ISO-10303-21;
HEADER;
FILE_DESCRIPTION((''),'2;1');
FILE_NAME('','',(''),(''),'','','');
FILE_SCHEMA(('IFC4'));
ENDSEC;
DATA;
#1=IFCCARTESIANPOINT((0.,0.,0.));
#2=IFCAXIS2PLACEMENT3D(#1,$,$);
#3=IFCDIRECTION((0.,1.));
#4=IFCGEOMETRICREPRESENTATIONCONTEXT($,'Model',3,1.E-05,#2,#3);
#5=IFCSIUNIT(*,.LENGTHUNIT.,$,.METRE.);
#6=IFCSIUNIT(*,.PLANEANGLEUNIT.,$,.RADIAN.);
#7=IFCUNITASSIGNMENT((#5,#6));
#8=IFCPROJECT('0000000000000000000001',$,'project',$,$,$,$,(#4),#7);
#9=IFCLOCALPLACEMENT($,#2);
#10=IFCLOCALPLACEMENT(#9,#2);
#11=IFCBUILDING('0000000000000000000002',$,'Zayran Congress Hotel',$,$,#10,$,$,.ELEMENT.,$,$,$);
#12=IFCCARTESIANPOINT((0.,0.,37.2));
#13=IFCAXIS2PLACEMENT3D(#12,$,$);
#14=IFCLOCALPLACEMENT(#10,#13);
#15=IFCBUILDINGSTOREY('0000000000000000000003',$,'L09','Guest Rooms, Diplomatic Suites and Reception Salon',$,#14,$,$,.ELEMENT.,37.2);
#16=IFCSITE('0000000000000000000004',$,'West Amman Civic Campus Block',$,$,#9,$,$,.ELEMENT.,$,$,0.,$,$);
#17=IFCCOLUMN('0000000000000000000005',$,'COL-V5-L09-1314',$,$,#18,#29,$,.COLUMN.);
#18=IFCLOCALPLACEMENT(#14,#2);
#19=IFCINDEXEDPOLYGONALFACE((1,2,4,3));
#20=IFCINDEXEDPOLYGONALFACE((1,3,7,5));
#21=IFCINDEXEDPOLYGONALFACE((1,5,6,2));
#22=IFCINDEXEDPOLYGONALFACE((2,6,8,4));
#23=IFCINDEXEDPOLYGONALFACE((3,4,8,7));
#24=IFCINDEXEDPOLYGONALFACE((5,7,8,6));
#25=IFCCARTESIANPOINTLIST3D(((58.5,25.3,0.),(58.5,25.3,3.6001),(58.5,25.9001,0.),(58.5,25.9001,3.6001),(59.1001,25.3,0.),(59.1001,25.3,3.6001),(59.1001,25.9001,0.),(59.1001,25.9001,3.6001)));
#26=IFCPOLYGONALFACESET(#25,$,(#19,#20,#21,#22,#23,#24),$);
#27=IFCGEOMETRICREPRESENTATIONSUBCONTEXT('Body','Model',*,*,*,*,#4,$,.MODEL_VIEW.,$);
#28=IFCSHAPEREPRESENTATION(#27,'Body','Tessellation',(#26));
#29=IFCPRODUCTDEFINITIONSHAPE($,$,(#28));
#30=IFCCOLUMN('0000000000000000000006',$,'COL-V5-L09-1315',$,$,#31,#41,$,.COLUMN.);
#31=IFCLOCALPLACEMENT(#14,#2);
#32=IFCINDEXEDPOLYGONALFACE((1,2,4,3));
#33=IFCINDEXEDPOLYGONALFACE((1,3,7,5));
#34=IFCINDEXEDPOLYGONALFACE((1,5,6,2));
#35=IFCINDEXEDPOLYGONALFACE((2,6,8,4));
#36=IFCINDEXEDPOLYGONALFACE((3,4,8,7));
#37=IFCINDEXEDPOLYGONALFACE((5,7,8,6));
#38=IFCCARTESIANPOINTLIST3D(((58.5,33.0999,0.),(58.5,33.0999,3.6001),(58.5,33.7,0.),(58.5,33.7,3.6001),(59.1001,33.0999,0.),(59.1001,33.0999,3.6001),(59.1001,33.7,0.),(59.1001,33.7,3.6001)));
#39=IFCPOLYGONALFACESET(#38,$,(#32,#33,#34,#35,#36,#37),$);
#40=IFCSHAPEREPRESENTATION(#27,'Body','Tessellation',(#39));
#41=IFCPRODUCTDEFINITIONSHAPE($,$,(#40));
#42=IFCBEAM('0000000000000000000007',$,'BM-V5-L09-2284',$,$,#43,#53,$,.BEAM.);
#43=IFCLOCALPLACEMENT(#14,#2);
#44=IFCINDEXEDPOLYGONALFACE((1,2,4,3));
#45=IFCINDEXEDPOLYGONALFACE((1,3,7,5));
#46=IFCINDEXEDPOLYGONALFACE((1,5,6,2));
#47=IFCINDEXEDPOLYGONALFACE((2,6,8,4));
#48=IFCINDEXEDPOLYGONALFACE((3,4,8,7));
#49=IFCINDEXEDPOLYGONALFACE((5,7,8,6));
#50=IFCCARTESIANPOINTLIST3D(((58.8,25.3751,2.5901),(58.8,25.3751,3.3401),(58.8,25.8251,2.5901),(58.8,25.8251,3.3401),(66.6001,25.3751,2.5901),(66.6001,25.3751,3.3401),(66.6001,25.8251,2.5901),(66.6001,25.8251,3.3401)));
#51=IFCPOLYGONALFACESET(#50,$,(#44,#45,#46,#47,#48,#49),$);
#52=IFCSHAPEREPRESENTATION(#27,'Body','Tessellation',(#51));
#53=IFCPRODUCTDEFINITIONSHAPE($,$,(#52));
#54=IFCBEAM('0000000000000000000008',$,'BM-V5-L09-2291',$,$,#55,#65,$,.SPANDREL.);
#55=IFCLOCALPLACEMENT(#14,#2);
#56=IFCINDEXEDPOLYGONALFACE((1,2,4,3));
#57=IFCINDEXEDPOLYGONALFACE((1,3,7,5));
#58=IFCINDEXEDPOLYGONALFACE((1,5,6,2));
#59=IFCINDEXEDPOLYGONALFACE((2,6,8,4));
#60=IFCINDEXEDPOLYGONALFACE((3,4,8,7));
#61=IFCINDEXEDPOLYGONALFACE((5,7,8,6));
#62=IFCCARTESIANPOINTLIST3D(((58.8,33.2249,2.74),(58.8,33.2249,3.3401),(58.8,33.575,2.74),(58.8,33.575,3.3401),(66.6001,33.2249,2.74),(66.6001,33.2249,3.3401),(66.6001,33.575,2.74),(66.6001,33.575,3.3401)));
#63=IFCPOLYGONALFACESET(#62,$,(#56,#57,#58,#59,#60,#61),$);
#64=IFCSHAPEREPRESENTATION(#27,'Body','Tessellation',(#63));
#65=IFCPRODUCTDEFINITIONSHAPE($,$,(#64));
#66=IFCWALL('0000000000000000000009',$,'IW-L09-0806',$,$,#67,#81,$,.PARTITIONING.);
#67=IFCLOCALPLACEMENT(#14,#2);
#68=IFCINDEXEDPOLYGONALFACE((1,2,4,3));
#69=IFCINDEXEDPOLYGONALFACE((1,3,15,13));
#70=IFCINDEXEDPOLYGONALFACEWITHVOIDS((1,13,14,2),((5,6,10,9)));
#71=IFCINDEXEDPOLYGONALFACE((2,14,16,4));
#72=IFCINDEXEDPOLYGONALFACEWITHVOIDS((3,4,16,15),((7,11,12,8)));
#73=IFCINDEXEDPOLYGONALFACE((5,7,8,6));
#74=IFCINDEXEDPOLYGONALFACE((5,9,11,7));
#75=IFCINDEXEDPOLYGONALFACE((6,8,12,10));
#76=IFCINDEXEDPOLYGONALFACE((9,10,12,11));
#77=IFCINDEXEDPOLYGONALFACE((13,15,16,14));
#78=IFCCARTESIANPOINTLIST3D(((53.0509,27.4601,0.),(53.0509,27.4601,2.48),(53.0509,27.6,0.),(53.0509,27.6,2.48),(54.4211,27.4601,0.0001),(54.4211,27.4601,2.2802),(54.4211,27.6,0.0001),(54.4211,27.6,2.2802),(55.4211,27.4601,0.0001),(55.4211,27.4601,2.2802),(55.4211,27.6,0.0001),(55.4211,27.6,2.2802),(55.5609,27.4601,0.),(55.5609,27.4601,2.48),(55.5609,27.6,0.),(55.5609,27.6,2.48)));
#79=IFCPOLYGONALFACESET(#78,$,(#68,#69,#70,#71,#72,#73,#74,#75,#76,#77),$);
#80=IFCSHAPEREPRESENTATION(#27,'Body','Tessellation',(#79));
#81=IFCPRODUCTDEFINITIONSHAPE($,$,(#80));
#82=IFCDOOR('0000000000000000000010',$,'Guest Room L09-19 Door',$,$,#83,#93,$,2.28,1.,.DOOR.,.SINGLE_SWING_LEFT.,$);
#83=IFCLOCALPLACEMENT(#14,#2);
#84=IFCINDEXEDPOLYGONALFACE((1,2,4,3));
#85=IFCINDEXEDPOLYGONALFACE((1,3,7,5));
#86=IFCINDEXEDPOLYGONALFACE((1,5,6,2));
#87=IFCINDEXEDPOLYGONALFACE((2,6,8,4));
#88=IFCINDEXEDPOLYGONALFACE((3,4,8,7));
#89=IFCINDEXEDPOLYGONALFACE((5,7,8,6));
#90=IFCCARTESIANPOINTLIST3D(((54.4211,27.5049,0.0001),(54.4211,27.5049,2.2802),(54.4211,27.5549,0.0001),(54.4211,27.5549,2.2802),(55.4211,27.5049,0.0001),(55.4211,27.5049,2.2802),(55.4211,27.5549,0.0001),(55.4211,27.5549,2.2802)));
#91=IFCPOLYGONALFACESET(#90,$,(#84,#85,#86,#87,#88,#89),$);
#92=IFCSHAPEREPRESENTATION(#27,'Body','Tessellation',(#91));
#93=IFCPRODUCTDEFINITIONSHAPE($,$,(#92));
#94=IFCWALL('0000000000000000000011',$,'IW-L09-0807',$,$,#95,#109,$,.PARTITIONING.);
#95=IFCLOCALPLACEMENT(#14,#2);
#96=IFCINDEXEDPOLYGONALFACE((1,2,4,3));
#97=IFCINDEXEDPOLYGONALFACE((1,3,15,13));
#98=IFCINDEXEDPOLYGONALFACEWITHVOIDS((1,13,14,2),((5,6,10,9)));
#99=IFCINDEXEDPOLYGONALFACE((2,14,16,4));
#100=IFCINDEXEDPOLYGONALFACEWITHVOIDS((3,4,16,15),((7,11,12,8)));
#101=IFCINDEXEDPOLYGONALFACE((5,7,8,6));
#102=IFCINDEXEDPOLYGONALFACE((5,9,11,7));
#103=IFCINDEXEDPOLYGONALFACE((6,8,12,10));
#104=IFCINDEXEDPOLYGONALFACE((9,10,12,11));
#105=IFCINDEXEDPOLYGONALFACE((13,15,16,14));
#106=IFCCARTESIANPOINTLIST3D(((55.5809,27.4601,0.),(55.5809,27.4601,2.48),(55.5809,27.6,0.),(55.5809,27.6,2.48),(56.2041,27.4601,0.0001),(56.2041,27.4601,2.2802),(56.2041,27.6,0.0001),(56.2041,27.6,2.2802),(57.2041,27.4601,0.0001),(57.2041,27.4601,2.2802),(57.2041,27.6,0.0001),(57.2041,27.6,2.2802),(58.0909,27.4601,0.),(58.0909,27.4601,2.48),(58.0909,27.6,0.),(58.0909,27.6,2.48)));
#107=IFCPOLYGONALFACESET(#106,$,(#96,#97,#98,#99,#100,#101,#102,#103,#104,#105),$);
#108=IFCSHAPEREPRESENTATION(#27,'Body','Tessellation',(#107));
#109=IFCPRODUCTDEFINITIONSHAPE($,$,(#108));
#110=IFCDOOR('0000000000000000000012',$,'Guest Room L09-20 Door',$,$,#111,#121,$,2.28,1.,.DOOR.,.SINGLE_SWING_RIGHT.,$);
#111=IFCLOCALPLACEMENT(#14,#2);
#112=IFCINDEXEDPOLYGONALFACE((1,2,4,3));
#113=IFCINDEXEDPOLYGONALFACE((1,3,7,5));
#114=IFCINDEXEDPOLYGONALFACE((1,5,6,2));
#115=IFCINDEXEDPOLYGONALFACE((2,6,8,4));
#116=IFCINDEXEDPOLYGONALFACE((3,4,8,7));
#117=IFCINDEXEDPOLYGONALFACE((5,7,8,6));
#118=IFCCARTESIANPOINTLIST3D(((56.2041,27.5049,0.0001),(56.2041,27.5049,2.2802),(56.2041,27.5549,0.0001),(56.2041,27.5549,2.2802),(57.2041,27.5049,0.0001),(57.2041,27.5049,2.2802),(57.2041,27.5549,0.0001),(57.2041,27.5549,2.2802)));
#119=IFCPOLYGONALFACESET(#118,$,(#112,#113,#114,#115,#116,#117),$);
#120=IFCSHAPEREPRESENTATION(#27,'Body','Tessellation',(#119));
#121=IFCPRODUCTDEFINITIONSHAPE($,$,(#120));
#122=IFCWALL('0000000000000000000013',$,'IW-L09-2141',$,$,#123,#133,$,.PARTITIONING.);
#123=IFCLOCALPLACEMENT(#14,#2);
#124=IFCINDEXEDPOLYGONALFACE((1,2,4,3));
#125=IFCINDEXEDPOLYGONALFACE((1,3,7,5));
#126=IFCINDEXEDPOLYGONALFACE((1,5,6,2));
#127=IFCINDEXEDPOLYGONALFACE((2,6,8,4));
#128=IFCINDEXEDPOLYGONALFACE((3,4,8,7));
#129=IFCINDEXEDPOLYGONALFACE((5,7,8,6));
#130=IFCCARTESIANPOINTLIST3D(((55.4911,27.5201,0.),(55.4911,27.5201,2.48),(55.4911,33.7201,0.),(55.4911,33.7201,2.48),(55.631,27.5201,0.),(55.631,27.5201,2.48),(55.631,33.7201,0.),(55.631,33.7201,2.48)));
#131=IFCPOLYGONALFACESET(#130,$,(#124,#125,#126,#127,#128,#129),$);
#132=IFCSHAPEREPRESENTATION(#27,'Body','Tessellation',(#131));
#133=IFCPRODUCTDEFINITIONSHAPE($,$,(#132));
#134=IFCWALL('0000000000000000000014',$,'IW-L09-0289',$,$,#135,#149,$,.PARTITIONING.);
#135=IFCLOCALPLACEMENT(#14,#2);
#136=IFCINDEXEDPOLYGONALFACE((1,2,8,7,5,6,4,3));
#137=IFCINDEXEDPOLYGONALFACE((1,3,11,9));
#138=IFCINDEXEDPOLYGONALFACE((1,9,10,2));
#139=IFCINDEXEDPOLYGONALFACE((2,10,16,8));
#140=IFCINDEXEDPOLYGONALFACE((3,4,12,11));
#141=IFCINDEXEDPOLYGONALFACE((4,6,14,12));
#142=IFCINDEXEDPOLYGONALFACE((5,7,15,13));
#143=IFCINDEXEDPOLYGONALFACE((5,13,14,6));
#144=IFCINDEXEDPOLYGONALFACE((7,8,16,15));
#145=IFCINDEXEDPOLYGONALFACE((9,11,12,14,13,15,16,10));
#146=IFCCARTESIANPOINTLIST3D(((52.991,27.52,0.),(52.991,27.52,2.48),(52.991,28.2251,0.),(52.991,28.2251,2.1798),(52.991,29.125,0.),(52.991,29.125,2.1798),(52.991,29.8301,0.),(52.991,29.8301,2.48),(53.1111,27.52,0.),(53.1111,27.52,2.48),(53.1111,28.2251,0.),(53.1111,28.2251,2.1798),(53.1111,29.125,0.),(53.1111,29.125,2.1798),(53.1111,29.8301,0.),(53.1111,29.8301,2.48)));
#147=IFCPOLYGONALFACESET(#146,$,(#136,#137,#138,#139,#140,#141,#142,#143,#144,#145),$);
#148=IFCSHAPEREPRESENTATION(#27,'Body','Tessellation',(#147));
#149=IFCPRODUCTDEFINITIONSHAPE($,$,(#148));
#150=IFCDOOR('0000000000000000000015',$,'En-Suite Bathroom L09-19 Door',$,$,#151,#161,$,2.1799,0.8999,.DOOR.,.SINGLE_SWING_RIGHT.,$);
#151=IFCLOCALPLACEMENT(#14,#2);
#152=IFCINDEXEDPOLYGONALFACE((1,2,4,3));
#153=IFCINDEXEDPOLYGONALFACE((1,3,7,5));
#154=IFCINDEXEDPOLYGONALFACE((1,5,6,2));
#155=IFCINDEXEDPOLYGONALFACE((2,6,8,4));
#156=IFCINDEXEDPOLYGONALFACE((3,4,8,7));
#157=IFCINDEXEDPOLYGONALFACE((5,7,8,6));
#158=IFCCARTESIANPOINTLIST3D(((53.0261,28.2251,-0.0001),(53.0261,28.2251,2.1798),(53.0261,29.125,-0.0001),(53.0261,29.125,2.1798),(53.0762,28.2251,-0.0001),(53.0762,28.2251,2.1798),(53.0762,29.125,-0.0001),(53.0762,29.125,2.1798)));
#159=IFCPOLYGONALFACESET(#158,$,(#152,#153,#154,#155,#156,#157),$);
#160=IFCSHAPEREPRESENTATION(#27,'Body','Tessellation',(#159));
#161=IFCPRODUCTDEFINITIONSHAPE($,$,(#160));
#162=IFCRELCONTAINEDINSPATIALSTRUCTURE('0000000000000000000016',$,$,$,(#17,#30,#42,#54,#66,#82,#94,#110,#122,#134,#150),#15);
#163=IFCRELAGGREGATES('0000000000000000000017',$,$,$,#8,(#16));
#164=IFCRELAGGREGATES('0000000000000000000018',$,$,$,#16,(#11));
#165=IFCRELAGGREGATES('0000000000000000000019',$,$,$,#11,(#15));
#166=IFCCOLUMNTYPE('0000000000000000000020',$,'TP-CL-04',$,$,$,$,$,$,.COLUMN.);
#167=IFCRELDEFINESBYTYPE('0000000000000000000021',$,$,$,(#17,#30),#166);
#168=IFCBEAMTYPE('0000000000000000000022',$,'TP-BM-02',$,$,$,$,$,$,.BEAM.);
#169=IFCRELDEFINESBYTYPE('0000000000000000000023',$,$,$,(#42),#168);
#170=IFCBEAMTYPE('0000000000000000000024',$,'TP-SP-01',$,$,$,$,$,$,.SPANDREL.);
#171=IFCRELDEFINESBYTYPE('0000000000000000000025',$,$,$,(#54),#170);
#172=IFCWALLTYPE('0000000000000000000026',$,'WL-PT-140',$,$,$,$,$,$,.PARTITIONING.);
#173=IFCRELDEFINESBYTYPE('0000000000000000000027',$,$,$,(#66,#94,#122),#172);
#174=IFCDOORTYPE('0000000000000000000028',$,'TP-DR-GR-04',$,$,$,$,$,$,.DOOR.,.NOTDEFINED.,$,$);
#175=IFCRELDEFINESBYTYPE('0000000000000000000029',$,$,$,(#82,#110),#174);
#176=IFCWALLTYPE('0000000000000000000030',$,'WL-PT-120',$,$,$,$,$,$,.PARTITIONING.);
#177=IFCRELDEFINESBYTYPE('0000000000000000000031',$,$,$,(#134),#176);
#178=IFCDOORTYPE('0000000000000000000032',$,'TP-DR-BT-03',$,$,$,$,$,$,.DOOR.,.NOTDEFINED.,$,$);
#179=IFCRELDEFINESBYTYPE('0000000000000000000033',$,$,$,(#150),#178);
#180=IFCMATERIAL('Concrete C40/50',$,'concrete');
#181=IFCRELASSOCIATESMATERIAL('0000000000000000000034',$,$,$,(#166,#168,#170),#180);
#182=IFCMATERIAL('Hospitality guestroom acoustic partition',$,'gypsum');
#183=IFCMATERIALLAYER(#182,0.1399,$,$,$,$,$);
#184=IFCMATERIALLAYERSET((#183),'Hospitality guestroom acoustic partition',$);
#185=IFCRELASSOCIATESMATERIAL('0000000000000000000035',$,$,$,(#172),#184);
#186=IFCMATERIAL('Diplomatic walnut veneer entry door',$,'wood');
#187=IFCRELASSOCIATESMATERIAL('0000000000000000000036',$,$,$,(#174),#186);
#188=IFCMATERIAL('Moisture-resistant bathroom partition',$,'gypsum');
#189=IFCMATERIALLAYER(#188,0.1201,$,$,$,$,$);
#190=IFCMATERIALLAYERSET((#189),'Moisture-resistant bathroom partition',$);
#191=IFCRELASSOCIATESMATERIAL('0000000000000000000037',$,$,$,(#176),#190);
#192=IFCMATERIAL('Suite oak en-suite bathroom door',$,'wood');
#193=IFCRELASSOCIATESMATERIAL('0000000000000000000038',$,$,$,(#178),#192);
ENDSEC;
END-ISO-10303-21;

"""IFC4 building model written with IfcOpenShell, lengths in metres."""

from ifc_helpers import new_model, si_unit, direction, frame, frame_2d, origin, origin_2d, place, context, subcontext, project, spatial, rectangle, extrude, material, layer, layer_set, material_profile, profile_set, type_object, element, fill, save


model = new_model("IFC4")

# Units and contexts
model_context = context("Model", 3, precision=1e-05, world=origin(), true_north=direction((0.0, 1.0)))
body_context = subcontext(model_context, "Body", "Model", "MODEL_VIEW")
ifc_project = project(units=[si_unit("LENGTHUNIT", "METRE"), si_unit("PLANEANGLEUNIT", "RADIAN")], contexts=[model_context])

# Site, building, storey
site_placement = place(None, origin())
site = spatial("IfcSite", under=ifc_project, at=site_placement, Name="West Amman Civic Campus Block", CompositionType="ELEMENT", RefElevation=0.0)
building_placement = place(site_placement, origin())
building = spatial("IfcBuilding", under=site, at=building_placement, Name="Zayran Congress Hotel", CompositionType="ELEMENT")
storey_placement = place(building_placement, frame((0.0, 0.0, 37.2)))
storey = spatial("IfcBuildingStorey", under=building, at=storey_placement, Name="L09", Description="Guest Rooms, Diplomatic Suites and Reception Salon", CompositionType="ELEMENT", Elevation=37.2)

# Columns
ifc_material_1 = material(Name="Concrete C40/50", Category="concrete")
ifc_material_profile_1 = material_profile(ifc_material_1, rectangle(XDim=0.6001, YDim=0.6001, at=origin_2d()), Name="RC 600x600")
ifc_profile_set_1 = profile_set([ifc_material_profile_1], Name="Concrete C40/50")
column_type = type_object("IfcColumnType", Name="TP-CL-04", PredefinedType="COLUMN", material=ifc_profile_set_1)
for number, where, z_axis, x_axis, name in (
    (1, (58.8, 25.6001, 0.0), (0.0, 0.0, 1.0), (1.0, 0.0, 0.0), "COL-V5-L09-1314"),
    (2, (58.8, 33.3999, 0.0), (0.0, 0.0, 1.0), (1.0, 0.0, 0.0), "COL-V5-L09-1315"),
):
    element("IfcColumn", number, at=place(storey_placement, frame(where, z_axis=z_axis, x_axis=x_axis)), inside=storey, type_object=column_type, Name=name, PredefinedType="COLUMN", context=body_context, shape_type="SweptSolid", body=[
        extrude(rectangle(XDim=0.6001, YDim=0.6001, at=origin_2d()), origin(), (0.0, 0.0, 1.0), 3.6001),
    ])

# Beams
ifc_material_profile_2 = material_profile(ifc_material_1, rectangle(XDim=0.45, YDim=0.75, at=origin_2d()), Name="RC 450x750")
ifc_profile_set_2 = profile_set([ifc_material_profile_2], Name="Concrete C40/50")
beam_type_1 = type_object("IfcBeamType", Name="TP-BM-02", PredefinedType="BEAM", material=ifc_profile_set_2)
beam_1_placement = place(storey_placement, frame((58.8, 25.6001, 2.9651), z_axis=(1.0, 0.0, 0.0), x_axis=(0.0, 1.0, 0.0)))
element("IfcBeam", 3, at=beam_1_placement, inside=storey, type_object=beam_type_1, Name="BM-V5-L09-2284", PredefinedType="BEAM", context=body_context, shape_type="SweptSolid", body=[
    extrude(rectangle(XDim=0.45, YDim=0.75, at=origin_2d()), origin(), (0.0, 0.0, 1.0), 7.8),
])
ifc_material_profile_3 = material_profile(ifc_material_1, rectangle(XDim=0.3501, YDim=0.6001, at=origin_2d()), Name="RC 350x600")
ifc_profile_set_3 = profile_set([ifc_material_profile_3], Name="Concrete C40/50")
beam_type_2 = type_object("IfcBeamType", Name="TP-SP-01", PredefinedType="SPANDREL", material=ifc_profile_set_3)
beam_2_placement = place(storey_placement, frame((58.8, 33.3999, 3.04), z_axis=(1.0, 0.0, 0.0), x_axis=(0.0, 1.0, 0.0)))
element("IfcBeam", 4, at=beam_2_placement, inside=storey, type_object=beam_type_2, Name="BM-V5-L09-2291", PredefinedType="SPANDREL", context=body_context, shape_type="SweptSolid", body=[
    extrude(rectangle(XDim=0.3501, YDim=0.6001, at=origin_2d()), origin(), (0.0, 0.0, 1.0), 7.8),
])

# Walls, openings, doors
ifc_material_2 = material(Name="Hospitality guestroom acoustic partition", Category="gypsum")
ifc_layer_1 = layer(ifc_material_2, 0.1399)
ifc_layer_set_1 = layer_set([ifc_layer_1], Name="Hospitality guestroom acoustic partition")
wall_type_1 = type_object("IfcWallType", Name="WL-PT-140", PredefinedType="PARTITIONING", material=ifc_layer_set_1)
wall_1_placement = place(storey_placement, frame((53.051, 27.53, 0.0), z_axis=(0.0, 0.0, 1.0), x_axis=(1.0, 0.0, 0.0)))
wall_1 = element("IfcWall", 5, at=wall_1_placement, inside=storey, type_object=wall_type_1, Name="IW-L09-0806", PredefinedType="PARTITIONING", context=body_context, shape_type="SweptSolid", body=[
    extrude(rectangle(XDim=2.51, YDim=0.1399, at=frame_2d((1.2549, 0.0))), origin(), (0.0, 0.0, 1.0), 2.48),
])
opening_1_placement = place(wall_1_placement, frame((1.3701, 0.0, 0.0)))
opening_1 = element("IfcOpeningElement", 6, at=opening_1_placement, cuts=wall_1, PredefinedType="OPENING", context=body_context, shape_type="SweptSolid", body=[
    extrude(rectangle(XDim=1.0, YDim=2.28, at=frame_2d((0.5, 1.1401))), frame((0.0, 0.0798, 0.0), z_axis=(0.0, -1.0, 0.0), x_axis=(1.0, 0.0, 0.0)), (0.0, 0.0, 1.0), 0.1599),
])
ifc_material_3 = material(Name="Diplomatic walnut veneer entry door", Category="wood")
door_type_1 = type_object("IfcDoorType", Name="TP-DR-GR-04", OperationType="NOTDEFINED", PredefinedType="DOOR", material=ifc_material_3)
door_1_placement = place(opening_1_placement, origin())
door_1 = element("IfcDoor", 7, at=door_1_placement, inside=storey, type_object=door_type_1, Name="Guest Room L09-19 Door", OperationType="SINGLE_SWING_LEFT", OverallHeight=2.28, OverallWidth=1.0, PredefinedType="DOOR", context=body_context, shape_type="SweptSolid", body=[
    extrude(rectangle(XDim=1.0, YDim=2.28, at=frame_2d((0.5, 1.1401))), frame((0.0, 0.0249, 0.0), z_axis=(0.0, -1.0, 0.0), x_axis=(1.0, 0.0, 0.0)), (0.0, 0.0, 1.0), 0.05),
])
fill(opening_1, door_1)
wall_2_placement = place(storey_placement, frame((55.5811, 27.53, 0.0), z_axis=(0.0, 0.0, 1.0), x_axis=(1.0, 0.0, 0.0)))
wall_2 = element("IfcWall", 8, at=wall_2_placement, inside=storey, type_object=wall_type_1, Name="IW-L09-0807", PredefinedType="PARTITIONING", context=body_context, shape_type="SweptSolid", body=[
    extrude(rectangle(XDim=2.51, YDim=0.1399, at=frame_2d((1.2549, 0.0))), origin(), (0.0, 0.0, 1.0), 2.48),
])
opening_2_placement = place(wall_2_placement, frame((0.623, 0.0, 0.0)))
opening_2 = element("IfcOpeningElement", 9, at=opening_2_placement, cuts=wall_2, PredefinedType="OPENING", context=body_context, shape_type="SweptSolid", body=[
    extrude(rectangle(XDim=1.0, YDim=2.28, at=frame_2d((0.5, 1.1401))), frame((0.0, 0.0798, 0.0), z_axis=(0.0, -1.0, 0.0), x_axis=(1.0, 0.0, 0.0)), (0.0, 0.0, 1.0), 0.1599),
])
door_2_placement = place(opening_2_placement, origin())
door_2 = element("IfcDoor", 10, at=door_2_placement, inside=storey, type_object=door_type_1, Name="Guest Room L09-20 Door", OperationType="SINGLE_SWING_RIGHT", OverallHeight=2.28, OverallWidth=1.0, PredefinedType="DOOR", context=body_context, shape_type="SweptSolid", body=[
    extrude(rectangle(XDim=1.0, YDim=2.28, at=frame_2d((0.5, 1.1401))), frame((0.0, 0.0249, 0.0), z_axis=(0.0, -1.0, 0.0), x_axis=(1.0, 0.0, 0.0)), (0.0, 0.0, 1.0), 0.05),
])
fill(opening_2, door_2)

# Wall
wall_3_placement = place(storey_placement, frame((55.561, 27.52, 0.0), z_axis=(0.0, 0.0, 1.0), x_axis=(0.0, 1.0, 0.0)))
element("IfcWall", 11, at=wall_3_placement, inside=storey, type_object=wall_type_1, Name="IW-L09-2141", PredefinedType="PARTITIONING", context=body_context, shape_type="SweptSolid", body=[
    extrude(rectangle(XDim=6.2, YDim=0.1399, at=frame_2d((3.1001, 0.0))), origin(), (0.0, 0.0, 1.0), 2.48),
])

# Wall, opening, door
ifc_material_4 = material(Name="Moisture-resistant bathroom partition", Category="gypsum")
ifc_layer_2 = layer(ifc_material_4, 0.1201)
ifc_layer_set_2 = layer_set([ifc_layer_2], Name="Moisture-resistant bathroom partition")
wall_type_2 = type_object("IfcWallType", Name="WL-PT-120", PredefinedType="PARTITIONING", material=ifc_layer_set_2)
wall_4_placement = place(storey_placement, frame((53.051, 27.52, 0.0), z_axis=(0.0, 0.0, 1.0), x_axis=(0.0, 1.0, 0.0)))
wall_4 = element("IfcWall", 12, at=wall_4_placement, inside=storey, type_object=wall_type_2, Name="IW-L09-0289", PredefinedType="PARTITIONING", context=body_context, shape_type="SweptSolid", body=[
    extrude(rectangle(XDim=2.3101, YDim=0.1201, at=frame_2d((1.155, 0.0))), origin(), (0.0, 0.0, 1.0), 2.48),
])
opening_3_placement = place(wall_4_placement, frame((0.7051, 0.0, 0.0)))
opening_3 = element("IfcOpeningElement", 13, at=opening_3_placement, cuts=wall_4, PredefinedType="OPENING", context=body_context, shape_type="SweptSolid", body=[
    extrude(rectangle(XDim=0.8999, YDim=2.1799, at=frame_2d((0.45, 1.0898))), frame((0.0, 0.0701, 0.0), z_axis=(0.0, -1.0, 0.0), x_axis=(1.0, 0.0, 0.0)), (0.0, 0.0, 1.0), 0.1401),
])
ifc_material_5 = material(Name="Suite oak en-suite bathroom door", Category="wood")
door_type_2 = type_object("IfcDoorType", Name="TP-DR-BT-03", OperationType="NOTDEFINED", PredefinedType="DOOR", material=ifc_material_5)
door_3_placement = place(opening_3_placement, origin())
door_3 = element("IfcDoor", 14, at=door_3_placement, inside=storey, type_object=door_type_2, Name="En-Suite Bathroom L09-19 Door", OperationType="SINGLE_SWING_RIGHT", OverallHeight=2.1799, OverallWidth=0.8999, PredefinedType="DOOR", context=body_context, shape_type="SweptSolid", body=[
    extrude(rectangle(XDim=0.8999, YDim=2.1799, at=frame_2d((0.45, 1.0898))), frame((0.0, 0.0249, 0.0), z_axis=(0.0, -1.0, 0.0), x_axis=(1.0, 0.0, 0.0)), (0.0, 0.0, 1.0), 0.05),
])
fill(opening_3, door_3)

save(model, "model.ifc")
